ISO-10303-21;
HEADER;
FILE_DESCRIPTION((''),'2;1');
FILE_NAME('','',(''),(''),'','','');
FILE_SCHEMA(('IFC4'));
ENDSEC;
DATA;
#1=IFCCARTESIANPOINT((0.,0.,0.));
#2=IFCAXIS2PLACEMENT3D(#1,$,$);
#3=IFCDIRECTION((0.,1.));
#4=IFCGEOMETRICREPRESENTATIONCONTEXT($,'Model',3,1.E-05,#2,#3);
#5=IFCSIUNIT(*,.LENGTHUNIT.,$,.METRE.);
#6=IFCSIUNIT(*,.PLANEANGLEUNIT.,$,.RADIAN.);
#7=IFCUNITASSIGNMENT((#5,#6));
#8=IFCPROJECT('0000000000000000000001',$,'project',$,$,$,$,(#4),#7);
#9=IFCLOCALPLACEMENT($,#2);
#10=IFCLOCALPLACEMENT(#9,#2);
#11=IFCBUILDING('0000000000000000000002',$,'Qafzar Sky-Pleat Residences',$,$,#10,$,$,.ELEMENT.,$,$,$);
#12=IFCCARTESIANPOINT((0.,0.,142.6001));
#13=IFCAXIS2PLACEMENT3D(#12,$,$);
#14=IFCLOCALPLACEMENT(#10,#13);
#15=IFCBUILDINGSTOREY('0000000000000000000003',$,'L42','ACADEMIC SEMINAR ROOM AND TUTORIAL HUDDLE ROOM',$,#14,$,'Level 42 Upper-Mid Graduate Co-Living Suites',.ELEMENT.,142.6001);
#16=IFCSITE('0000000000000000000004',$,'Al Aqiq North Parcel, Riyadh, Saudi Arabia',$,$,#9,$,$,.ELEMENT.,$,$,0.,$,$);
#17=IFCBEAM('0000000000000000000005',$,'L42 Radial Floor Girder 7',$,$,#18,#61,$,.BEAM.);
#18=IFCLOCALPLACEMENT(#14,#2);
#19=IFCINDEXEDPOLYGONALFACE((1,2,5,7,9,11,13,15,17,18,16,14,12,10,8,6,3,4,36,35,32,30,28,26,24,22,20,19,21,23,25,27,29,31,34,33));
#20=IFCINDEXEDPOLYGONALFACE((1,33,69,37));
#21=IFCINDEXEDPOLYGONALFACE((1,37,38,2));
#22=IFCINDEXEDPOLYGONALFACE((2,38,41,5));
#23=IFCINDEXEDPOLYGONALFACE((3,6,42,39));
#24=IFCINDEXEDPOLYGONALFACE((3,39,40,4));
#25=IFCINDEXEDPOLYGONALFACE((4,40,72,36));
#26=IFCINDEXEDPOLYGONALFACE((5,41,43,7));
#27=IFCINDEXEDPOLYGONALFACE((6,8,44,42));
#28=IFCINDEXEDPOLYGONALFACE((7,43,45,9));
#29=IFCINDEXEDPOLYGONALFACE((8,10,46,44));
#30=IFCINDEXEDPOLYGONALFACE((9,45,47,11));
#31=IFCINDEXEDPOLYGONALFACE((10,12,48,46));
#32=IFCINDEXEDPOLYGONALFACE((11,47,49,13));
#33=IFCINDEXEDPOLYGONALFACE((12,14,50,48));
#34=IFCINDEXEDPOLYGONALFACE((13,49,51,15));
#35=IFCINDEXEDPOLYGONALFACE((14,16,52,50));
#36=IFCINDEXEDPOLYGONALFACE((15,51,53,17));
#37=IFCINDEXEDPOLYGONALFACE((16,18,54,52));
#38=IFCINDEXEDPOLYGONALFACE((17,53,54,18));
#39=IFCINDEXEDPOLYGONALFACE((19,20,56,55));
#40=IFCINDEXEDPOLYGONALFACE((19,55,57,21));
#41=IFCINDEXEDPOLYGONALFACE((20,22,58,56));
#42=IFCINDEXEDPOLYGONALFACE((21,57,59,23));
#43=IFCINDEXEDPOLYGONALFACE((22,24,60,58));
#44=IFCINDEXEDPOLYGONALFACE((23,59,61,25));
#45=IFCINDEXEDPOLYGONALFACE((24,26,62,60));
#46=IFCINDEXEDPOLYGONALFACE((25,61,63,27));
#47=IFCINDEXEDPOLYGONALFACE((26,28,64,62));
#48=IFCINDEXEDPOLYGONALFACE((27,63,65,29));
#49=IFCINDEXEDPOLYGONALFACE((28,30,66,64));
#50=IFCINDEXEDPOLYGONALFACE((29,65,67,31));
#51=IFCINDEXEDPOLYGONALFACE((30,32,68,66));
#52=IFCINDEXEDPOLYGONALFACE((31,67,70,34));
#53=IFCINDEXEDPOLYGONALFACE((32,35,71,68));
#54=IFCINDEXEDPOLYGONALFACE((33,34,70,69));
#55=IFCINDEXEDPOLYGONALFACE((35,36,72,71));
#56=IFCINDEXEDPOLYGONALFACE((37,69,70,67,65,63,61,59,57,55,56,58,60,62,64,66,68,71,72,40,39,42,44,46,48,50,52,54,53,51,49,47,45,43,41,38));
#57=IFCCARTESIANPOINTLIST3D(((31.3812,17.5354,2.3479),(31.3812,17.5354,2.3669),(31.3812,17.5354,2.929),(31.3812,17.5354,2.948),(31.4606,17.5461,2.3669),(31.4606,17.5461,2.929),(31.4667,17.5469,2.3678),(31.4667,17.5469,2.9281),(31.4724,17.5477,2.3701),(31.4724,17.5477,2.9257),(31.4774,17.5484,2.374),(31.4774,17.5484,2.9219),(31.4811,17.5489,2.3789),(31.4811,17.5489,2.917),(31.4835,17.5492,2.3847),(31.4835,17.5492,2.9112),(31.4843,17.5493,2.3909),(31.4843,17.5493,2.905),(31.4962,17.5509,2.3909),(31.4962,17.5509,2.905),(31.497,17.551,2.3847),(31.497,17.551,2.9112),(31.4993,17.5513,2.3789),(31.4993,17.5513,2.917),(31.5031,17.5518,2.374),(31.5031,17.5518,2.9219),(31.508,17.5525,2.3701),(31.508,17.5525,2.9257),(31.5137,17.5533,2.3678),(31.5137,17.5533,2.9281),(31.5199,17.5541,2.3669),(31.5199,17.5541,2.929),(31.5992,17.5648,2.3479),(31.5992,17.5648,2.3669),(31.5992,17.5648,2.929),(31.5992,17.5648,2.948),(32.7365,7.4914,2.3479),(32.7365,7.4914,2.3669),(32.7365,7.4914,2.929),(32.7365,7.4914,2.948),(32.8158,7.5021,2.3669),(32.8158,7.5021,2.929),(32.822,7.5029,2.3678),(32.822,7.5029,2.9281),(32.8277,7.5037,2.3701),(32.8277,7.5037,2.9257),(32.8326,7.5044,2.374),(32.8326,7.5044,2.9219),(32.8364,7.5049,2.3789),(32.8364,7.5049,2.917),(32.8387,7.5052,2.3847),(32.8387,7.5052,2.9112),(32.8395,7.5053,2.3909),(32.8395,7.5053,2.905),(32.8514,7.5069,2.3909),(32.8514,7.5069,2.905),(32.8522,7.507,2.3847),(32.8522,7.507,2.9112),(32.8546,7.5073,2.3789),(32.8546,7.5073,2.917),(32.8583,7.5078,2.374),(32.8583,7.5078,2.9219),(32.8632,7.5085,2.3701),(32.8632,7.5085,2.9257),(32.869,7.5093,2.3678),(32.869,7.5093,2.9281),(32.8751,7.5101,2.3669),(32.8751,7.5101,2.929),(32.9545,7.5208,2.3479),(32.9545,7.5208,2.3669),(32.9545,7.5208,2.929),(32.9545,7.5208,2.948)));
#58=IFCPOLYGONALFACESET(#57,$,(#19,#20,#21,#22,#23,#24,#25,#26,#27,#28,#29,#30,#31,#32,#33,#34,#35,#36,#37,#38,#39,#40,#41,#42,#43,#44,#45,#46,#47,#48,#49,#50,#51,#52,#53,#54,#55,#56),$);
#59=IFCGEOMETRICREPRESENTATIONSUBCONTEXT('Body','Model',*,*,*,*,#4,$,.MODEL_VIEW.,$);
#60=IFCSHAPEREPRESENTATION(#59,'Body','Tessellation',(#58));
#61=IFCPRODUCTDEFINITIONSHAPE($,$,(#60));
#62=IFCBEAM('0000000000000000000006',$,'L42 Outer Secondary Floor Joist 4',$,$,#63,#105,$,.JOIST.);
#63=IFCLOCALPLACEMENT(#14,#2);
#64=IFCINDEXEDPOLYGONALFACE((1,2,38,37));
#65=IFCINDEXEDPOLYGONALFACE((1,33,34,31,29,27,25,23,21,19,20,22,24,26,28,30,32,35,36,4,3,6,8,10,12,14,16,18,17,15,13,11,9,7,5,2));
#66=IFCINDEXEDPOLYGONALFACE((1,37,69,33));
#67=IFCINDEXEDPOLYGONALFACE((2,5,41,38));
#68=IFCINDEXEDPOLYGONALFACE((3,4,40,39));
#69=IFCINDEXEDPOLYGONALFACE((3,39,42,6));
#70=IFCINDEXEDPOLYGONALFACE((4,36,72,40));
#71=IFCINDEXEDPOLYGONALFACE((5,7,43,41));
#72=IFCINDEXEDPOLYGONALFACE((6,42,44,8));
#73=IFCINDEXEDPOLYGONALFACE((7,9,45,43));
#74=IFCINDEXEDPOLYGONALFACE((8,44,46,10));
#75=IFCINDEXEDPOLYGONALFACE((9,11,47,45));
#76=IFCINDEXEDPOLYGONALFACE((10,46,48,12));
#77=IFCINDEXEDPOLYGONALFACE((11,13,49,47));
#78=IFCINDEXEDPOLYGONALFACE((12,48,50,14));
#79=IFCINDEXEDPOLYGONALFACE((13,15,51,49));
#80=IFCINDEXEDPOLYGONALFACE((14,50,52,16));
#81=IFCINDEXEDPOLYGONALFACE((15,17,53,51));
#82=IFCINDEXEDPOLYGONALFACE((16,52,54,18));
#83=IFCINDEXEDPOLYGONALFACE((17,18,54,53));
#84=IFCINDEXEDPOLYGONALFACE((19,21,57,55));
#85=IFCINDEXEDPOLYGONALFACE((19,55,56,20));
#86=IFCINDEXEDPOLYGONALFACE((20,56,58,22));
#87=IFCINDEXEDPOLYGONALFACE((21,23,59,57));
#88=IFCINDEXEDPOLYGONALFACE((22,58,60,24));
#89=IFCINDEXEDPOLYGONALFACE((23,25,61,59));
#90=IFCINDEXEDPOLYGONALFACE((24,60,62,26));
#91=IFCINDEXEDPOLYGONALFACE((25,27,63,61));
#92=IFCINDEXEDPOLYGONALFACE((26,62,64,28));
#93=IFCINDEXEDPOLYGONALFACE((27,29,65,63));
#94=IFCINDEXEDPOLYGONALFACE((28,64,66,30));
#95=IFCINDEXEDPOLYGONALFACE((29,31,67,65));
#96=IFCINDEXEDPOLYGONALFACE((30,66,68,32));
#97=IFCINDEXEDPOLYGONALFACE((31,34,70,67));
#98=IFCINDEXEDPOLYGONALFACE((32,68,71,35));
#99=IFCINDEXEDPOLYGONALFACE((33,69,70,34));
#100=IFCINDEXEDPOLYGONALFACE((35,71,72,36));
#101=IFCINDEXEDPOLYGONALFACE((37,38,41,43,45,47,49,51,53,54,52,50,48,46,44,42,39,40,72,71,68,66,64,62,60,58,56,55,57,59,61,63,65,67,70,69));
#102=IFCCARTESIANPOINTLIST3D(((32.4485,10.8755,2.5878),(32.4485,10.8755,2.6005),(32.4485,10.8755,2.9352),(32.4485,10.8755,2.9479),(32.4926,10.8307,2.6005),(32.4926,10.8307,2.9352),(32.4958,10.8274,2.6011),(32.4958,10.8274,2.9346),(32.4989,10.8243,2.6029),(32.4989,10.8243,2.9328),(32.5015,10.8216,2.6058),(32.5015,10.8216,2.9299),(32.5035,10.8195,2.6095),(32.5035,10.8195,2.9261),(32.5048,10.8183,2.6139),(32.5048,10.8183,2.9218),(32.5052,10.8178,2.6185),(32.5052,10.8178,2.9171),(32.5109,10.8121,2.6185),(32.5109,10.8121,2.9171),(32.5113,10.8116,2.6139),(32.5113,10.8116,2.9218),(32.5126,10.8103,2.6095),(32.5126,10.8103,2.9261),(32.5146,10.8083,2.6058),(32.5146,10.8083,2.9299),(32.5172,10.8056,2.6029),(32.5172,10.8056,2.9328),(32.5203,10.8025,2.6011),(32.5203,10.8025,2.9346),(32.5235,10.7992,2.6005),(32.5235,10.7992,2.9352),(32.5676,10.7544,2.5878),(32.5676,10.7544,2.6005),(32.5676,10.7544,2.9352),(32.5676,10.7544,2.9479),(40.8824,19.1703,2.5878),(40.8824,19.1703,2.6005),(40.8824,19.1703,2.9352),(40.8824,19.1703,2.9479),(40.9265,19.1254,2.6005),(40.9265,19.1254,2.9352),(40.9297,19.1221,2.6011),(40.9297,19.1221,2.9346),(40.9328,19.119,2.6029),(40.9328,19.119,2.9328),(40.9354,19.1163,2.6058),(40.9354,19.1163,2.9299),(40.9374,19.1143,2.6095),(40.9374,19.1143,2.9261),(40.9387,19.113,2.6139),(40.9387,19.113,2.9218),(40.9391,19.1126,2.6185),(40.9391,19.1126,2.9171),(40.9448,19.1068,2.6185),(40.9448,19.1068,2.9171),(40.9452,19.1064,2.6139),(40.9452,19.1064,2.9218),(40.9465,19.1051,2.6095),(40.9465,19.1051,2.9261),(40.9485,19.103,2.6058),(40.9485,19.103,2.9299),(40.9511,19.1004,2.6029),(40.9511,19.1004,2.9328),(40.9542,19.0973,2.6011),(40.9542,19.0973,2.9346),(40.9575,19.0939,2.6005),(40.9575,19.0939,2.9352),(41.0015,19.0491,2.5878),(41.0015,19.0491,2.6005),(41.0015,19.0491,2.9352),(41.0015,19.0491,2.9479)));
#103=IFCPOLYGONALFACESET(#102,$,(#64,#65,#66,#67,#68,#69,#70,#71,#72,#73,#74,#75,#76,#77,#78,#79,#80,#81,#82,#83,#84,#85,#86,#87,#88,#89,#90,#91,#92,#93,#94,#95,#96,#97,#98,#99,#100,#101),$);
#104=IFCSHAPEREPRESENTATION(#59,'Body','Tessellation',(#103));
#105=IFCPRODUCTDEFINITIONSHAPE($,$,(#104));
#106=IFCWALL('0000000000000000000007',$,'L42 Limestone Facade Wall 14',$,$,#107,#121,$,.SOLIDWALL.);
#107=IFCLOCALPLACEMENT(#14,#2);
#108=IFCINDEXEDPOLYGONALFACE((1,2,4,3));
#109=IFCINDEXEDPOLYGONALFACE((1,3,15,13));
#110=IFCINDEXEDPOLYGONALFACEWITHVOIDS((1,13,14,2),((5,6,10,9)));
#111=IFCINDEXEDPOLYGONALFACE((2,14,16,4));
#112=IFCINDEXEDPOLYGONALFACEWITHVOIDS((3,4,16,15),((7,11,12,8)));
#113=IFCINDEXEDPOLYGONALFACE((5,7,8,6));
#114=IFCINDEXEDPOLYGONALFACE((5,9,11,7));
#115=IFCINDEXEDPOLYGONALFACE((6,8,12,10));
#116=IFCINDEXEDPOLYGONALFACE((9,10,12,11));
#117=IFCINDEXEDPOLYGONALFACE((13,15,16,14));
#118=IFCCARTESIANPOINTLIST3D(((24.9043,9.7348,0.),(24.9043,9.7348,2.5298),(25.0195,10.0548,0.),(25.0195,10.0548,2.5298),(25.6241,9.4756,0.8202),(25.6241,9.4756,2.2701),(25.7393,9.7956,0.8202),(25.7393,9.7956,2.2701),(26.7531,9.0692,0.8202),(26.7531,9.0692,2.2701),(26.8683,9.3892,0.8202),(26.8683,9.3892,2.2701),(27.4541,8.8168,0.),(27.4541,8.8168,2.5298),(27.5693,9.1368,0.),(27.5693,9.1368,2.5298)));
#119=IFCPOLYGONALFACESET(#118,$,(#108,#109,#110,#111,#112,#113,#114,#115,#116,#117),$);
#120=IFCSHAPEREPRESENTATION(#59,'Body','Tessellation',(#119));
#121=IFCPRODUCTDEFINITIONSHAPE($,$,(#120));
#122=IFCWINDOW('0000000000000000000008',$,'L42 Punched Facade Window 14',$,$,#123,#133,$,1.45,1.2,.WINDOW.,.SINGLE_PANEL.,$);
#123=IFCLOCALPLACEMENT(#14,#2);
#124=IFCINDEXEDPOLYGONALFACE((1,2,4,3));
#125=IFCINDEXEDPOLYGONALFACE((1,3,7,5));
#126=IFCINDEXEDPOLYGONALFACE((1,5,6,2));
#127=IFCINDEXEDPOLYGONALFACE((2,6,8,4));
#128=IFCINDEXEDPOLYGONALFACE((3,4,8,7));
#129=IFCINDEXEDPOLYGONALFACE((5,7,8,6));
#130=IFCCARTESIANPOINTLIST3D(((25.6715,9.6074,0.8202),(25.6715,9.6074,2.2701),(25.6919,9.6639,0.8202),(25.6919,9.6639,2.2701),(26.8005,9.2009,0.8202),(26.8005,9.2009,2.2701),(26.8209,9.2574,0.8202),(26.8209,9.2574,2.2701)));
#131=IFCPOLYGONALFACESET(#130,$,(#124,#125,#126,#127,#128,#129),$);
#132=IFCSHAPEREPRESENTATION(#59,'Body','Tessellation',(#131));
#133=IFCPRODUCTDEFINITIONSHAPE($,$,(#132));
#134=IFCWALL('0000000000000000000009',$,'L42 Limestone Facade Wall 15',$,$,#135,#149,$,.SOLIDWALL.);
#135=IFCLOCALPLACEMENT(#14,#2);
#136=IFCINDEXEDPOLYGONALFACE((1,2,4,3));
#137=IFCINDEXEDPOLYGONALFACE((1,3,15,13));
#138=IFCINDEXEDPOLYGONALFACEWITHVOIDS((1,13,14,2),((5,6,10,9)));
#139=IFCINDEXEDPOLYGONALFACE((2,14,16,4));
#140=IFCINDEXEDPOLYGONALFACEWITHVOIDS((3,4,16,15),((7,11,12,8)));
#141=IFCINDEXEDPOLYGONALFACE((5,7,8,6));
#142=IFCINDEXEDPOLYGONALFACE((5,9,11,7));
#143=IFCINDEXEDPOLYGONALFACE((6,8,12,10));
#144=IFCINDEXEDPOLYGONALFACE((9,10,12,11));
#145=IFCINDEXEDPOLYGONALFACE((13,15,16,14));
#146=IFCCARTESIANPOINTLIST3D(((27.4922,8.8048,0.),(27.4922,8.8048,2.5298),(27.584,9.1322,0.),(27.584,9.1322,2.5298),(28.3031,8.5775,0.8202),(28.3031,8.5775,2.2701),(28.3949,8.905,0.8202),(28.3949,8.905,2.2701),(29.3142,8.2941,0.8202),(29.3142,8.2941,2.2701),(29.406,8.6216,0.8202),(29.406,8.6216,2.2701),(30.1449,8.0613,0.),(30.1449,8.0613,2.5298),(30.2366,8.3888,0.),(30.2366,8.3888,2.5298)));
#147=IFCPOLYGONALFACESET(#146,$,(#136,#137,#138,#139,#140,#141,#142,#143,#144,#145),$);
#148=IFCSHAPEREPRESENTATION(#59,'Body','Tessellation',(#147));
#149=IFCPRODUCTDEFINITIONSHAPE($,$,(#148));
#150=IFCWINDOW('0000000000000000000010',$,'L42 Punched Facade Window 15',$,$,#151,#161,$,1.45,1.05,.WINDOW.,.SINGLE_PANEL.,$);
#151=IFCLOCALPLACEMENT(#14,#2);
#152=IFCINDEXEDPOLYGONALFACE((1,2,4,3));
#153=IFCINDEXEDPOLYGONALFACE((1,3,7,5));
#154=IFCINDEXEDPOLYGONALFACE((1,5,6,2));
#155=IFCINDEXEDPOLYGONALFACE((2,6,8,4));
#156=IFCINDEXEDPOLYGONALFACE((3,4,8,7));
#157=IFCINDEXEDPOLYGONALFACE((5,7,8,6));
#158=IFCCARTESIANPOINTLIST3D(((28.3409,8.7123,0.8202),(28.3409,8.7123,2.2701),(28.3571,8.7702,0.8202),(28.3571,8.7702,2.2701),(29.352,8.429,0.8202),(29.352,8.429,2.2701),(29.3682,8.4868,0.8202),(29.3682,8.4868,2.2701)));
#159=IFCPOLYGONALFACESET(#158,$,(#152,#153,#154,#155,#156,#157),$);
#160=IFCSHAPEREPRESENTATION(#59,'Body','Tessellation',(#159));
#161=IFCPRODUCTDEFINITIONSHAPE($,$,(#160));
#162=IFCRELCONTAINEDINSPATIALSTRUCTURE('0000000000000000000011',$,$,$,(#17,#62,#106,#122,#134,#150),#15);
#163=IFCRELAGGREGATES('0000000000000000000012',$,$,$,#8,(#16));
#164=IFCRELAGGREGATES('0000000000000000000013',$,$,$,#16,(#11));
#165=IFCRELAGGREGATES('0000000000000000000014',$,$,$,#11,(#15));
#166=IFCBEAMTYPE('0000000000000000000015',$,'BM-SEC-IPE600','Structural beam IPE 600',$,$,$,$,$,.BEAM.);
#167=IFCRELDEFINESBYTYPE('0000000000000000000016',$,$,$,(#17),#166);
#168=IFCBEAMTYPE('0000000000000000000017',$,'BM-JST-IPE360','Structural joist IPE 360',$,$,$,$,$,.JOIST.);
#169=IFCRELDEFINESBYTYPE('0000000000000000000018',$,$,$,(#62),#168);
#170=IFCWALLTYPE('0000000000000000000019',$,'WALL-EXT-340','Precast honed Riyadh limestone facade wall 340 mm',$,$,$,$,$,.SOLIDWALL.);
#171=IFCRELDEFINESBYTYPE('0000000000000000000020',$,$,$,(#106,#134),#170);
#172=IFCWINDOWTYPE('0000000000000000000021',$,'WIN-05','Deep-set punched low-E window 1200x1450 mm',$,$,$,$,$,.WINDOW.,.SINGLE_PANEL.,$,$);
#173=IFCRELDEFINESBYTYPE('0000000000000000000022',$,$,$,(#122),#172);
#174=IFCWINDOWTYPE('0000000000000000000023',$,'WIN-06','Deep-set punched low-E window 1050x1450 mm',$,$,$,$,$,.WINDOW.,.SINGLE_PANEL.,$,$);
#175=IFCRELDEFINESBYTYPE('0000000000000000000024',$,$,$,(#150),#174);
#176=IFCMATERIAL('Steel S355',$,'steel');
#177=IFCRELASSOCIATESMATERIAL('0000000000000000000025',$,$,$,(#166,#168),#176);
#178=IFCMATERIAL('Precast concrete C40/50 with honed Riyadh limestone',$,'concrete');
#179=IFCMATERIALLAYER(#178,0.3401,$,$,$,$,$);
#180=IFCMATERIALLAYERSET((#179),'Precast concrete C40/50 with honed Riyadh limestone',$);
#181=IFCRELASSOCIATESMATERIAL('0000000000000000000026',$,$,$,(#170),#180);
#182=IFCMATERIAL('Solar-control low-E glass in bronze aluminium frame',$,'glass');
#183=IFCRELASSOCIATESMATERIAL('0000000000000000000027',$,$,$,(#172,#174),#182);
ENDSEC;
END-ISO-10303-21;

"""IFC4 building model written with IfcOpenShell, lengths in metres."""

from ifc_helpers import new_model, si_unit, direction, frame, frame_2d, origin, origin_2d, place, context, subcontext, project, spatial, rectangle, i_section, extrude, source, transform, mapped, material, layer, layer_set, material_profile, profile_set, type_object, element, fill, save


model = new_model("IFC4")

# Units and contexts
model_context = context("Model", 3, precision=1e-05, world=origin(), true_north=direction((0.0, 1.0)))
body_context = subcontext(model_context, "Body", "Model", "MODEL_VIEW")
ifc_project = project(units=[si_unit("LENGTHUNIT", "METRE"), si_unit("PLANEANGLEUNIT", "RADIAN")], contexts=[model_context])

# Site, building, storey
site_placement = place(None, origin())
site = spatial("IfcSite", under=ifc_project, at=site_placement, Name="Al Aqiq North Parcel, Riyadh, Saudi Arabia", CompositionType="ELEMENT", RefElevation=0.0)
building_placement = place(site_placement, origin())
building = spatial("IfcBuilding", under=site, at=building_placement, Name="Qafzar Sky-Pleat Residences", CompositionType="ELEMENT")
storey_placement = place(building_placement, frame((0.0, 0.0, 142.6001)))
storey = spatial("IfcBuildingStorey", under=building, at=storey_placement, Name="L42", Description="ACADEMIC SEMINAR ROOM AND TUTORIAL HUDDLE ROOM", LongName="Level 42 Upper-Mid Graduate Co-Living Suites", CompositionType="ELEMENT", Elevation=142.6001)

# Shared definitions
ifc_material_1 = material(Name="Steel S355", Category="steel")

# Beams
ifc_material_profile_1 = material_profile(ifc_material_1, i_section(OverallWidth=0.22, OverallDepth=0.6001, WebThickness=0.012, FlangeThickness=0.019, FilletRadius=0.0239, at=origin_2d()), Name="IPE 600")
ifc_profile_set_1 = profile_set([ifc_material_profile_1], Name="Steel S355")
beam_type_1 = type_object("IfcBeamType", Name="BM-SEC-IPE600", Description="Structural beam IPE 600", PredefinedType="BEAM", material=ifc_profile_set_1)
shared_shape_1 = source(origin(), body_context, "Body", "SweptSolid", [
    extrude(i_section(OverallWidth=0.22, OverallDepth=0.6001, WebThickness=0.012, FlangeThickness=0.019, FilletRadius=0.0239, at=origin_2d()), origin(), (0.0, 0.0, 1.0), 10.135),
])
beam_1_placement = place(storey_placement, frame((32.8455, 7.5061, 2.6479), z_axis=(-0.133718, 0.991019, 0.0), x_axis=(-0.991019, -0.133718, 0.0)))
element("IfcBeam", 1, at=beam_1_placement, inside=storey, type_object=beam_type_1, Name="L42 Radial Floor Girder 7", PredefinedType="BEAM", context=body_context, shape_type="MappedRepresentation", body=[
    mapped(shared_shape_1, transform((0.0, 0.0, 0.0), x_axis=(1.0, 0.0, 0.0), y_axis=(0.0, 1.0, 0.0), z_axis=(0.0, 0.0, 1.0), scale=1.0)),
])
ifc_material_profile_2 = material_profile(ifc_material_1, i_section(OverallWidth=0.1699, OverallDepth=0.3601, WebThickness=0.0081, FlangeThickness=0.0127, FilletRadius=0.0181, at=origin_2d()), Name="IPE 360")
ifc_profile_set_2 = profile_set([ifc_material_profile_2], Name="Steel S355")
beam_type_2 = type_object("IfcBeamType", Name="BM-JST-IPE360", Description="Structural joist IPE 360", PredefinedType="JOIST", material=ifc_profile_set_2)
shared_shape_2 = source(origin(), body_context, "Body", "SweptSolid", [
    extrude(i_section(OverallWidth=0.1699, OverallDepth=0.3601, WebThickness=0.0081, FlangeThickness=0.0127, FilletRadius=0.0181, at=origin_2d()), origin(), (0.0, 0.0, 1.0), 11.8293),
])
beam_2_placement = place(storey_placement, frame((32.5081, 10.8149, 2.7678), z_axis=(0.712964, 0.7012, 0.0), x_axis=(-0.7012, 0.712964, 0.0)))
element("IfcBeam", 2, at=beam_2_placement, inside=storey, type_object=beam_type_2, Name="L42 Outer Secondary Floor Joist 4", PredefinedType="JOIST", context=body_context, shape_type="MappedRepresentation", body=[
    mapped(shared_shape_2, transform((0.0, 0.0, 0.0), x_axis=(1.0, 0.0, 0.0), y_axis=(0.0, 1.0, 0.0), z_axis=(0.0, 0.0, 1.0), scale=1.0)),
])

# Walls, openings, windows
ifc_material_2 = material(Name="Precast concrete C40/50 with honed Riyadh limestone", Category="concrete")
ifc_layer_1 = layer(ifc_material_2, 0.3401)
ifc_layer_set_1 = layer_set([ifc_layer_1], Name="Precast concrete C40/50 with honed Riyadh limestone")
wall_type_1 = type_object("IfcWallType", Name="WALL-EXT-340", Description="Precast honed Riyadh limestone facade wall 340 mm", PredefinedType="SOLIDWALL", material=ifc_layer_set_1)
wall_1_placement = place(storey_placement, frame((24.9619, 9.8948, 0.0), z_axis=(0.0, 0.0, 1.0), x_axis=(0.940883, -0.338732, 0.0)))
wall_1 = element("IfcWall", 3, at=wall_1_placement, inside=storey, type_object=wall_type_1, Name="L42 Limestone Facade Wall 14", PredefinedType="SOLIDWALL", context=body_context, shape_type="SweptSolid", body=[
    extrude(rectangle(XDim=2.71, YDim=0.3401, at=frame_2d((1.355, 0.0))), origin(), (0.0, 0.0, 1.0), 2.5298),
])
opening_1_placement = place(wall_1_placement, frame((0.7649, 0.0, 0.8201)))
opening_1 = element("IfcOpeningElement", 4, at=opening_1_placement, cuts=wall_1, PredefinedType="OPENING", context=body_context, shape_type="SweptSolid", body=[
    extrude(rectangle(XDim=1.2, YDim=1.45, at=frame_2d((0.6001, 0.7251))), frame((0.0, 0.1802, 0.0), z_axis=(0.0, -1.0, 0.0), x_axis=(1.0, 0.0, 0.0)), (0.0, 0.0, 1.0), 0.3601),
])
ifc_material_3 = material(Name="Solar-control low-E glass in bronze aluminium frame", Category="glass")
window_type_1 = type_object("IfcWindowType", Name="WIN-05", Description="Deep-set punched low-E window 1200x1450 mm", PartitioningType="SINGLE_PANEL", PredefinedType="WINDOW", material=ifc_material_3)
shared_shape_3 = source(origin(), body_context, "Body", "SweptSolid", [
    extrude(rectangle(XDim=1.2, YDim=1.45, at=frame_2d((0.6001, 0.7251))), frame((0.0, 0.03, 0.0), z_axis=(0.0, -1.0, 0.0), x_axis=(1.0, 0.0, 0.0)), (0.0, 0.0, 1.0), 0.0601),
])
window_1_placement = place(opening_1_placement, origin())
window_1 = element("IfcWindow", 5, at=window_1_placement, inside=storey, type_object=window_type_1, Name="L42 Punched Facade Window 14", OverallHeight=1.45, OverallWidth=1.2, PartitioningType="SINGLE_PANEL", PredefinedType="WINDOW", context=body_context, shape_type="MappedRepresentation", body=[
    mapped(shared_shape_3, transform((0.0, 0.0, 0.0), x_axis=(1.0, 0.0, 0.0), y_axis=(0.0, 1.0, 0.0), z_axis=(0.0, 0.0, 1.0), scale=1.0)),
])
fill(opening_1, window_1)
wall_2_placement = place(storey_placement, frame((27.5381, 8.9685, 0.0), z_axis=(0.0, 0.0, 1.0), x_axis=(0.9629, -0.26986, 0.0)))
wall_2 = element("IfcWall", 6, at=wall_2_placement, inside=storey, type_object=wall_type_1, Name="L42 Limestone Facade Wall 15", PredefinedType="SOLIDWALL", context=body_context, shape_type="SweptSolid", body=[
    extrude(rectangle(XDim=2.7549, YDim=0.3401, at=frame_2d((1.3774, 0.0))), origin(), (0.0, 0.0, 1.0), 2.5298),
])
opening_2_placement = place(wall_2_placement, frame((0.8423, 0.0, 0.8201)))
opening_2 = element("IfcOpeningElement", 7, at=opening_2_placement, cuts=wall_2, PredefinedType="OPENING", context=body_context, shape_type="SweptSolid", body=[
    extrude(rectangle(XDim=1.05, YDim=1.45, at=frame_2d((0.5249, 0.7251))), frame((0.0, 0.1802, 0.0), z_axis=(0.0, -1.0, 0.0), x_axis=(1.0, 0.0, 0.0)), (0.0, 0.0, 1.0), 0.3601),
])
window_type_2 = type_object("IfcWindowType", Name="WIN-06", Description="Deep-set punched low-E window 1050x1450 mm", PartitioningType="SINGLE_PANEL", PredefinedType="WINDOW", material=ifc_material_3)
shared_shape_4 = source(origin(), body_context, "Body", "SweptSolid", [
    extrude(rectangle(XDim=1.05, YDim=1.45, at=frame_2d((0.5249, 0.7251))), frame((0.0, 0.03, 0.0), z_axis=(0.0, -1.0, 0.0), x_axis=(1.0, 0.0, 0.0)), (0.0, 0.0, 1.0), 0.0601),
])
window_2_placement = place(opening_2_placement, origin())
window_2 = element("IfcWindow", 8, at=window_2_placement, inside=storey, type_object=window_type_2, Name="L42 Punched Facade Window 15", OverallHeight=1.45, OverallWidth=1.05, PartitioningType="SINGLE_PANEL", PredefinedType="WINDOW", context=body_context, shape_type="MappedRepresentation", body=[
    mapped(shared_shape_4, transform((0.0, 0.0, 0.0), x_axis=(1.0, 0.0, 0.0), y_axis=(0.0, 1.0, 0.0), z_axis=(0.0, 0.0, 1.0), scale=1.0)),
])
fill(opening_2, window_2)

save(model, "model.ifc")
